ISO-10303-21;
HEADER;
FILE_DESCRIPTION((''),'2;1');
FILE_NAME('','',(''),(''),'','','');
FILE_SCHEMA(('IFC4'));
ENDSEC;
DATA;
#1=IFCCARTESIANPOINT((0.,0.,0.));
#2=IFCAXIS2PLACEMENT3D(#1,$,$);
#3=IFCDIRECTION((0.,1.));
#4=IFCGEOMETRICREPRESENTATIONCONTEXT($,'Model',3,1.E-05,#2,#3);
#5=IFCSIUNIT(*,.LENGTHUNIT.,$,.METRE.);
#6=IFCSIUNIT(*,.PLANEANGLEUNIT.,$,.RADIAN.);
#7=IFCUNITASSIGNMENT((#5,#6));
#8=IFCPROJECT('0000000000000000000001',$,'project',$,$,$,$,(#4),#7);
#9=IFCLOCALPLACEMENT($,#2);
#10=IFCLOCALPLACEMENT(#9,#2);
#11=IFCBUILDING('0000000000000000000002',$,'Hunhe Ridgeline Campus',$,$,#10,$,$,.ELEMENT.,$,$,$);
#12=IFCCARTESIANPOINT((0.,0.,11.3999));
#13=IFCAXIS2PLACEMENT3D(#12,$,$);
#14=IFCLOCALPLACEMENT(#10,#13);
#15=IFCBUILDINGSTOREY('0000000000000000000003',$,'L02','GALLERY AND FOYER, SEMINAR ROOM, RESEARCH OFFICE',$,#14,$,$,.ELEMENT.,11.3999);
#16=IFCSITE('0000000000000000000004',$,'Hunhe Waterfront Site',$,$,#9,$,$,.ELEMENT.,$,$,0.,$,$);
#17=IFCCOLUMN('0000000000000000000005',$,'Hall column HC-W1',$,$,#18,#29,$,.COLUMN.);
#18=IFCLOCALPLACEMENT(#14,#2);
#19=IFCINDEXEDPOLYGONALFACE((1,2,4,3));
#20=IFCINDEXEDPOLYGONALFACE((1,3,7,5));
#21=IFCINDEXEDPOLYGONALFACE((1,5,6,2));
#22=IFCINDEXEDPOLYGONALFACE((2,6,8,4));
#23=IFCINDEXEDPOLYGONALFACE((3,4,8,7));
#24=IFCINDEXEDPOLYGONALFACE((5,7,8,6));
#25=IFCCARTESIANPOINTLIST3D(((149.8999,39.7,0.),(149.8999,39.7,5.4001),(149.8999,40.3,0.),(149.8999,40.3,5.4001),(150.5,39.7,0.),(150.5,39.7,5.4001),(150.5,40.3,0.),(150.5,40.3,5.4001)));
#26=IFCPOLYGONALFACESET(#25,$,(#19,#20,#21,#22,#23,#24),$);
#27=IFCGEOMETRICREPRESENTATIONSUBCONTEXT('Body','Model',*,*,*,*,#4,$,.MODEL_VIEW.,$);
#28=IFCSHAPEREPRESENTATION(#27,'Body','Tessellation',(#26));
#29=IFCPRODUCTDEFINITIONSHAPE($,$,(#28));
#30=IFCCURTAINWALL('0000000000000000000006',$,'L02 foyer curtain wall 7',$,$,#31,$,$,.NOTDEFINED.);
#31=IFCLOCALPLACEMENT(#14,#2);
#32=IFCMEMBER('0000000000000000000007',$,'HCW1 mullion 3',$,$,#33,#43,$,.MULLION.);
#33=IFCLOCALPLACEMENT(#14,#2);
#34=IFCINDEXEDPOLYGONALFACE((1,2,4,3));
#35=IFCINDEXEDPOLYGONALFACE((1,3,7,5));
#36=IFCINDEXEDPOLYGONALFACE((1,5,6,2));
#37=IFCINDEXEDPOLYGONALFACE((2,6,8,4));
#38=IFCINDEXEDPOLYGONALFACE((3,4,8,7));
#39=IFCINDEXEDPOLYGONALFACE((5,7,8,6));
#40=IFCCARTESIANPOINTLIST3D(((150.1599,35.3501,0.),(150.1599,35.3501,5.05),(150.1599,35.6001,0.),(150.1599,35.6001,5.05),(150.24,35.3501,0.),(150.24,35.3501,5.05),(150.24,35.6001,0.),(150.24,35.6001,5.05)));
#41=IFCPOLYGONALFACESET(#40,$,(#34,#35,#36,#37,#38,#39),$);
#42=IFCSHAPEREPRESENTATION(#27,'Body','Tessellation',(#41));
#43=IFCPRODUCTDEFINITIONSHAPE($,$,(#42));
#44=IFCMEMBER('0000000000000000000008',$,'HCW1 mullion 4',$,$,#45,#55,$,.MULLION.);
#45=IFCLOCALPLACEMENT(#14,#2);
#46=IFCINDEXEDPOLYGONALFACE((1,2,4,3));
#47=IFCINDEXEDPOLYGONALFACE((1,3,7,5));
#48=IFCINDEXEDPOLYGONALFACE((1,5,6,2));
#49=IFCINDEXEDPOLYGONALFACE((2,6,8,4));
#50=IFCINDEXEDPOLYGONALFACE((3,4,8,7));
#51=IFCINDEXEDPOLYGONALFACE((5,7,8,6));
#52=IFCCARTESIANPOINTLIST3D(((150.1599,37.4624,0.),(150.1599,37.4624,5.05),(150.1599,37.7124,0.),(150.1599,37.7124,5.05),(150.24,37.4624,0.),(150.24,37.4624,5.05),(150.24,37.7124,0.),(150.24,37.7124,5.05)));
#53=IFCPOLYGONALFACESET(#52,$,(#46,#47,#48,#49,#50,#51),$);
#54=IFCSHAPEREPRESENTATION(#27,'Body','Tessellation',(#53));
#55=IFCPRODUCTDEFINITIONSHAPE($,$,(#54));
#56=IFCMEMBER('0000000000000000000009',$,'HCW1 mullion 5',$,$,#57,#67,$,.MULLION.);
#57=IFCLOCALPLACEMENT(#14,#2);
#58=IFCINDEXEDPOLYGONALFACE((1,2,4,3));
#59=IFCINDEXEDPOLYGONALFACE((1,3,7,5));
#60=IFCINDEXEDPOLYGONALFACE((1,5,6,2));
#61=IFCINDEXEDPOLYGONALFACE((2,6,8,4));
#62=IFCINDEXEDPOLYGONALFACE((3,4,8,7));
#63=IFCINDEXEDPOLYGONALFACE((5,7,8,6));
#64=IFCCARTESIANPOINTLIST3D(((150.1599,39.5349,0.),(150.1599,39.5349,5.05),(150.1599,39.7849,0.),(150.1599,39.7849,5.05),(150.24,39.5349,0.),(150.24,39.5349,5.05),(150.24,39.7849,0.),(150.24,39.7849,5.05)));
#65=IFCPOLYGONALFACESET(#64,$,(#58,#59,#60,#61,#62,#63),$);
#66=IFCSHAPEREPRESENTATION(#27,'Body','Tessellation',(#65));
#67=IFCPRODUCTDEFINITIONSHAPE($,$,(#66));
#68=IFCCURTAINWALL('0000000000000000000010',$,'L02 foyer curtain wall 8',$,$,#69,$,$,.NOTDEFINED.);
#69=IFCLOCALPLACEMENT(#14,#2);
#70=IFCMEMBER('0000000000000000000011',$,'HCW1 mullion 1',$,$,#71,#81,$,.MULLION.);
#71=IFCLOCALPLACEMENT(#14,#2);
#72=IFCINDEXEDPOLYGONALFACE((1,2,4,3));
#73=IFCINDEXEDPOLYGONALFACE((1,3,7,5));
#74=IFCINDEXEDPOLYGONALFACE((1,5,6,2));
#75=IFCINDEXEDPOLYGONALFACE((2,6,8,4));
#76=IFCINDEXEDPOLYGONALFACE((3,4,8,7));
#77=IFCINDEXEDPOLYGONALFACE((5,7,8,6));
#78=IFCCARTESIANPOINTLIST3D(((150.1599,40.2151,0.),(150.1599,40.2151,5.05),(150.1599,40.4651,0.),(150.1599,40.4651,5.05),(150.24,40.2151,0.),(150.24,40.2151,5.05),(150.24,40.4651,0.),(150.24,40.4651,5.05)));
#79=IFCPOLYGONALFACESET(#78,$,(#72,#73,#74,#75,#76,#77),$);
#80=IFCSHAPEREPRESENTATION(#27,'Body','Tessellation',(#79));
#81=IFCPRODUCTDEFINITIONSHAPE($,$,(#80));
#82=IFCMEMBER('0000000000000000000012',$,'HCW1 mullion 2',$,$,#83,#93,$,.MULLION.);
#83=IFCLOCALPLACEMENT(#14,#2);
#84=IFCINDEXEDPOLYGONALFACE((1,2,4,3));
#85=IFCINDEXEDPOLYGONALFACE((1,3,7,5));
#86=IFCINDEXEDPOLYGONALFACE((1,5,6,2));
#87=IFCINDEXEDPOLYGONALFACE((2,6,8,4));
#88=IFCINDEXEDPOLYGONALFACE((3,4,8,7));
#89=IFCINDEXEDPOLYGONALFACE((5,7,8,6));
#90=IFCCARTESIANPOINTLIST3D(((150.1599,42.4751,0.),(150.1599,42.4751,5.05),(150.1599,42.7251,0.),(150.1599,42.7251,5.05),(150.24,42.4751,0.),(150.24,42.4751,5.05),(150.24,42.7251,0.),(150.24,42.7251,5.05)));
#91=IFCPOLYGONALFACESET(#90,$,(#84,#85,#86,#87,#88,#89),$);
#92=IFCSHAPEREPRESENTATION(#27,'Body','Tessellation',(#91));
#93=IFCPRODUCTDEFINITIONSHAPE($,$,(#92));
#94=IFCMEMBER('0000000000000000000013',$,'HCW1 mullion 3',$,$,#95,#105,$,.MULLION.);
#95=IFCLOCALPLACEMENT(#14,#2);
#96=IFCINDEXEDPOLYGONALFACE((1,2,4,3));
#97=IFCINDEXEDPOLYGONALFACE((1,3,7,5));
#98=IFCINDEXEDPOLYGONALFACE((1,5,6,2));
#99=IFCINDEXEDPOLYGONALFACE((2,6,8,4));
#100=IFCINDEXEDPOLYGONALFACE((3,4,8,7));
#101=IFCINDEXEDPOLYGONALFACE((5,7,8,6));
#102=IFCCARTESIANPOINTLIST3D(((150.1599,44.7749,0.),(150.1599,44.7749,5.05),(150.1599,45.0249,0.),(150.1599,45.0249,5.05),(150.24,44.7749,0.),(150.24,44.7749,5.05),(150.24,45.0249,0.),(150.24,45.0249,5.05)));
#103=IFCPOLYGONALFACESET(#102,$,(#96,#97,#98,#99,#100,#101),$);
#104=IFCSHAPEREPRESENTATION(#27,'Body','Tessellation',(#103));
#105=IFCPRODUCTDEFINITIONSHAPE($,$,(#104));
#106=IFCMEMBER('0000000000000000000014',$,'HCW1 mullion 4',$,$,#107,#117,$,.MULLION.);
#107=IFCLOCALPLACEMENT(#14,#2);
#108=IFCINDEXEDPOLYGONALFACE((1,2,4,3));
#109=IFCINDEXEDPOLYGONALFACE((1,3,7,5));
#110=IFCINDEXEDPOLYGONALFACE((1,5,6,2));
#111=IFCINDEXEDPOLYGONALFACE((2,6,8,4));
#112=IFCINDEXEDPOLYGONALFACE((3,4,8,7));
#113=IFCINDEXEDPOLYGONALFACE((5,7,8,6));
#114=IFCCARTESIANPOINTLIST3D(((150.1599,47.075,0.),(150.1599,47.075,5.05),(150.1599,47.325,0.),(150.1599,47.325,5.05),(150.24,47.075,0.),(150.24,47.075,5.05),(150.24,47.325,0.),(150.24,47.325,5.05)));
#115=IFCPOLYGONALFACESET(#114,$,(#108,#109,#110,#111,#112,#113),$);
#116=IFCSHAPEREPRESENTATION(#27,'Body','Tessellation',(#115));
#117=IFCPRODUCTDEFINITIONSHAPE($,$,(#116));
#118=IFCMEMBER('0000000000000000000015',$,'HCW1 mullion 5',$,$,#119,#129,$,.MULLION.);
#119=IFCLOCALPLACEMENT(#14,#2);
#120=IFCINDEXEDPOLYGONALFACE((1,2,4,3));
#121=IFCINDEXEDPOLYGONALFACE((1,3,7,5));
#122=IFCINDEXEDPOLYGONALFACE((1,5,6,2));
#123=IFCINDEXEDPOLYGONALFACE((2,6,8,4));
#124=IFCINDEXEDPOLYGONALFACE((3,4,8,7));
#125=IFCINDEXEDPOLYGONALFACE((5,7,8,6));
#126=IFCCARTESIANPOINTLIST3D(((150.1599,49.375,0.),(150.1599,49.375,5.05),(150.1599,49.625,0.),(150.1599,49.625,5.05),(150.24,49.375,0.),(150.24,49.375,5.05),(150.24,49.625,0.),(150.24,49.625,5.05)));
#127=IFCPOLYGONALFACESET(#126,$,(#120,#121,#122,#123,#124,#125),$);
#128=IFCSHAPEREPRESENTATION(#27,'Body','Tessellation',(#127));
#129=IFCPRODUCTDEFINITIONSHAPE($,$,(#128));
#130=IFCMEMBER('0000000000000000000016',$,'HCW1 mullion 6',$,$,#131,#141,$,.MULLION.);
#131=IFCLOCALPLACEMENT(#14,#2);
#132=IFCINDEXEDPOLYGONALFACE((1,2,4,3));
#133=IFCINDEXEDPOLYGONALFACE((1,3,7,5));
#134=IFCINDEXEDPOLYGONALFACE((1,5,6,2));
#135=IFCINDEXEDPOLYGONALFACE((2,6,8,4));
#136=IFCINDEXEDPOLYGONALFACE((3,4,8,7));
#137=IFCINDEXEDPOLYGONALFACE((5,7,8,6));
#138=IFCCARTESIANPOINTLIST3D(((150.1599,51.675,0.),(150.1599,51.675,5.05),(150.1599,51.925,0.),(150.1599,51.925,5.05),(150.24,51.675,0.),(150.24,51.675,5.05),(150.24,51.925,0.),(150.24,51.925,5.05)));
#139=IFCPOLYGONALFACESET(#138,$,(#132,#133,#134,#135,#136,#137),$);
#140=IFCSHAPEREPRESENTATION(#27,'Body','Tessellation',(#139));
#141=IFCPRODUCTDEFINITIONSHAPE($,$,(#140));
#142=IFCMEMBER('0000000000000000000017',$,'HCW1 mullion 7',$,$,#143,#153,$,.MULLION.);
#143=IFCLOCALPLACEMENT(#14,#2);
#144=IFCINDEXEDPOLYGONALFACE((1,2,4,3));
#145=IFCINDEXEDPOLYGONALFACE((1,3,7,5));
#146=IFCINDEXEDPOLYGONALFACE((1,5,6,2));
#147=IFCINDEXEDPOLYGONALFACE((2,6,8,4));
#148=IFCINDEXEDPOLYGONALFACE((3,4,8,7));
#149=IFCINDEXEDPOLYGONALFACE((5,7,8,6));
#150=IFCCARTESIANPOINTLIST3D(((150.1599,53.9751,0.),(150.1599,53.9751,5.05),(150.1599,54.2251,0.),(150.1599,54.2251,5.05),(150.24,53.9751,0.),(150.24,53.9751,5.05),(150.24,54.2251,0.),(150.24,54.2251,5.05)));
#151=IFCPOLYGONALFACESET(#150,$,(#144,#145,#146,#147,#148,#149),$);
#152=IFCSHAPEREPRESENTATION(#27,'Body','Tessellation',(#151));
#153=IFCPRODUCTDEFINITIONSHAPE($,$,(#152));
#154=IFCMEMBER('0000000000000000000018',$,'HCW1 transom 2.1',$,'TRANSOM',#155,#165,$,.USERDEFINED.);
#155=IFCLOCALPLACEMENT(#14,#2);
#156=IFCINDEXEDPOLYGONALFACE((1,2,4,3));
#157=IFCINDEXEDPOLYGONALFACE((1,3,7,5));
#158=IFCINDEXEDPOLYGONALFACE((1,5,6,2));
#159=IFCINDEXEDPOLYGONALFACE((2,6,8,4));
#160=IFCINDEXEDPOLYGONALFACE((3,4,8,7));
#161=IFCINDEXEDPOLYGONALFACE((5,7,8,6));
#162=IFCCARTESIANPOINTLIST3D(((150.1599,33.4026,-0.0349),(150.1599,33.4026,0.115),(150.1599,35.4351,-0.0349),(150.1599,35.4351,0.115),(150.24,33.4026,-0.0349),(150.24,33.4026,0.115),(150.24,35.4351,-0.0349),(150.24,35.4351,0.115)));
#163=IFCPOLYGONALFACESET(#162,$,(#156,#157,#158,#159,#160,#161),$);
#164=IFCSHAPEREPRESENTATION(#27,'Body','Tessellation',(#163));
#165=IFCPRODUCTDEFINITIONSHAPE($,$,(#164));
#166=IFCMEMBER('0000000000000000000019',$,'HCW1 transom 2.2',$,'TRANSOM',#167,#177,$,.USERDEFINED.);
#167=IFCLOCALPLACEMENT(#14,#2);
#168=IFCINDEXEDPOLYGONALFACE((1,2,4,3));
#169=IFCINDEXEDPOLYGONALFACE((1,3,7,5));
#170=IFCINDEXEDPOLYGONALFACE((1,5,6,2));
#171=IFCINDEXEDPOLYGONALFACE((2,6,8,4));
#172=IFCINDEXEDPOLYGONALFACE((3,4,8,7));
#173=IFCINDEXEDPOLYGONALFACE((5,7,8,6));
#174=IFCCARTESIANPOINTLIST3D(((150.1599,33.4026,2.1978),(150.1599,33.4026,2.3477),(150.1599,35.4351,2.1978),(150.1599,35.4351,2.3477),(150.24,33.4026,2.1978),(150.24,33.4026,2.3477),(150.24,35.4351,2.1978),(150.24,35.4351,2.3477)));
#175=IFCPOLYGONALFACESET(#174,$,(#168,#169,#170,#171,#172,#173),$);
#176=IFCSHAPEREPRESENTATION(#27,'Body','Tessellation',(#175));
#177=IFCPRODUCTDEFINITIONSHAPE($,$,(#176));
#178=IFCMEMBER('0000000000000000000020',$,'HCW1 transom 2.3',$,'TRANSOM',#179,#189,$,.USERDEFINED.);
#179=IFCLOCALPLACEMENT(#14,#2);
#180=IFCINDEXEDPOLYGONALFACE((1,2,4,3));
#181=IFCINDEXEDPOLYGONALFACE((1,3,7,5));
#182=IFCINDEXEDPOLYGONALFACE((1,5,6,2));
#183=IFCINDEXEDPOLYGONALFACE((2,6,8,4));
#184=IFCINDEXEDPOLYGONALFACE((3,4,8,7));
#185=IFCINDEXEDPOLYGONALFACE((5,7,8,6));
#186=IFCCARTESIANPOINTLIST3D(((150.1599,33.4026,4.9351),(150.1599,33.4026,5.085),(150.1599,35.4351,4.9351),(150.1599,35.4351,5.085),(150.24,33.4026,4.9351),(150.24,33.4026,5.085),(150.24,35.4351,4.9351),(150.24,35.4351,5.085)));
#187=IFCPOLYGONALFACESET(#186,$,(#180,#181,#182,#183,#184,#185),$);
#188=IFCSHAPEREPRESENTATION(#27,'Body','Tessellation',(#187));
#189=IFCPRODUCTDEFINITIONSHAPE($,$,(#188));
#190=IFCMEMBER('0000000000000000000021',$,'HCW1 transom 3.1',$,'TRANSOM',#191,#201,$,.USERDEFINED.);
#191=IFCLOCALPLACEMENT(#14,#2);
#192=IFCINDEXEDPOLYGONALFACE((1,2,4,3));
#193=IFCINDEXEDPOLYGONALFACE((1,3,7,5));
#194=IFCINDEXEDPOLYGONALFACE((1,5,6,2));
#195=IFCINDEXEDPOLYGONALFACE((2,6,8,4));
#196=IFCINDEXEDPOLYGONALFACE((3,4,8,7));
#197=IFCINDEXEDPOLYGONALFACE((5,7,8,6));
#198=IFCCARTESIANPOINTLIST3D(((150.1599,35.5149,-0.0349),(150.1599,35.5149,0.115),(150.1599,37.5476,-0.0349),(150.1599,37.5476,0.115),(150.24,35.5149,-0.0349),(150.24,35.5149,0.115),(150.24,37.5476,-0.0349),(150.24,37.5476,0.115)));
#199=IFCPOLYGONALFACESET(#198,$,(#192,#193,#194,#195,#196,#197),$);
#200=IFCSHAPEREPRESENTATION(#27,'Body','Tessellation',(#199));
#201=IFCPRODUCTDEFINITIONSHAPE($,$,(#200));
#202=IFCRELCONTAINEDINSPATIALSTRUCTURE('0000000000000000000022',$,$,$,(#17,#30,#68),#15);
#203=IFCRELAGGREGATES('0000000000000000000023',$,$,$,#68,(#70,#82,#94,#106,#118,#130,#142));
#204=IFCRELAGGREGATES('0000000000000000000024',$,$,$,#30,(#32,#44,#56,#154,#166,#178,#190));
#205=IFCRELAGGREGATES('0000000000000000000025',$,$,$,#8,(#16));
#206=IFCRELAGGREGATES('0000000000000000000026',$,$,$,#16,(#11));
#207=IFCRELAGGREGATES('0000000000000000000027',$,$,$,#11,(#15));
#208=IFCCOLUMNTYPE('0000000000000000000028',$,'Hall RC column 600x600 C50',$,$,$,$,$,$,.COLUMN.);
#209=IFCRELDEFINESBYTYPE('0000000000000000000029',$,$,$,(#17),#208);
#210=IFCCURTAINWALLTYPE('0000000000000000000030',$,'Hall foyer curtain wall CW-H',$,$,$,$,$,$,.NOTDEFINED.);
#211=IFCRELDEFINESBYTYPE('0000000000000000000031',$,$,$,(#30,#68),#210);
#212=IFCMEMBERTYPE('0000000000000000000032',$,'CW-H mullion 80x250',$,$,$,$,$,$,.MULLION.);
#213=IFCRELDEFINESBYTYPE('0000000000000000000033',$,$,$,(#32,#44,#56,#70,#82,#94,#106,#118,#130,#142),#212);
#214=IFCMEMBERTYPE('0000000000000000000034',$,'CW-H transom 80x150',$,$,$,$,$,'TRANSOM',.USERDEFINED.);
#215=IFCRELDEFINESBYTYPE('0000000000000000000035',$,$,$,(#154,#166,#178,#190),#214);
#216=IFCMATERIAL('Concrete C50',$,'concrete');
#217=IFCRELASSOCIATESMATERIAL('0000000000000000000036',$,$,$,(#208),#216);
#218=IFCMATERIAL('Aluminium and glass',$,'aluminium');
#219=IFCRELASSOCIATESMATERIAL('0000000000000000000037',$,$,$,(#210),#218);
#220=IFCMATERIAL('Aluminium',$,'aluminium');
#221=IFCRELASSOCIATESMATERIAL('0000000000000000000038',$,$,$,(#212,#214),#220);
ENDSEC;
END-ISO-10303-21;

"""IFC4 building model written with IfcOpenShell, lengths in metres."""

from ifc_helpers import new_model, si_unit, direction, frame, origin, origin_2d, place, context, subcontext, project, spatial, rectangle, extrude, material, material_profile, profile_set, type_object, element, aggregate, save


model = new_model("IFC4")

# Units and contexts
model_context = context("Model", 3, precision=1e-05, world=origin(), true_north=direction((0.0, 1.0)))
body_context = subcontext(model_context, "Body", "Model", "MODEL_VIEW")
ifc_project = project(units=[si_unit("LENGTHUNIT", "METRE"), si_unit("PLANEANGLEUNIT", "RADIAN")], contexts=[model_context])

# Site, building, storey
site_placement = place(None, origin())
site = spatial("IfcSite", under=ifc_project, at=site_placement, Name="Hunhe Waterfront Site", CompositionType="ELEMENT", RefElevation=0.0)
building_placement = place(site_placement, origin())
building = spatial("IfcBuilding", under=site, at=building_placement, Name="Hunhe Ridgeline Campus", CompositionType="ELEMENT")
storey_placement = place(building_placement, frame((0.0, 0.0, 11.3999)))
storey = spatial("IfcBuildingStorey", under=building, at=storey_placement, Name="L02", Description="GALLERY AND FOYER, SEMINAR ROOM, RESEARCH OFFICE", CompositionType="ELEMENT", Elevation=11.3999)

# Column
ifc_material_1 = material(Name="Concrete C50", Category="concrete")
ifc_material_profile_1 = material_profile(ifc_material_1, rectangle(XDim=0.6001, YDim=0.6001, at=origin_2d()))
ifc_profile_set_1 = profile_set([ifc_material_profile_1], Name="Concrete C50")
column_type = type_object("IfcColumnType", Name="Hall RC column 600x600 C50", PredefinedType="COLUMN", material=ifc_profile_set_1)
column_placement = place(storey_placement, frame((150.2, 40.0, 0.0), z_axis=(0.0, 0.0, 1.0), x_axis=(1.0, 0.0, 0.0)))
element("IfcColumn", 1, at=column_placement, inside=storey, type_object=column_type, Name="Hall column HC-W1", PredefinedType="COLUMN", context=body_context, shape_type="SweptSolid", body=[
    extrude(rectangle(XDim=0.6001, YDim=0.6001, at=origin_2d()), origin(), (0.0, 0.0, 1.0), 5.4001),
])

# Curtain walls, members
ifc_material_2 = material(Name="Aluminium and glass", Category="aluminium")
curtain_wall_type = type_object("IfcCurtainWallType", Name="Hall foyer curtain wall CW-H", PredefinedType="NOTDEFINED", material=ifc_material_2)
curtain_wall_1_placement = place(storey_placement, origin())
curtain_wall_1 = element("IfcCurtainWall", 2, at=curtain_wall_1_placement, inside=storey, type_object=curtain_wall_type, Name="L02 foyer curtain wall 7", PredefinedType="NOTDEFINED")
ifc_material_3 = material(Name="Aluminium", Category="aluminium")
ifc_material_profile_2 = material_profile(ifc_material_3, rectangle(XDim=0.0801, YDim=0.25, at=origin_2d()))
ifc_profile_set_2 = profile_set([ifc_material_profile_2], Name="Aluminium")
member_type_1 = type_object("IfcMemberType", Name="CW-H mullion 80x250", PredefinedType="MULLION", material=ifc_profile_set_2)
member_1_placement = place(storey_placement, frame((150.2, 35.4751, 0.0), z_axis=(0.0, 0.0, 1.0), x_axis=(-1.0, 0.0, 0.0)))
member_1 = element("IfcMember", 3, at=member_1_placement, type_object=member_type_1, Name="HCW1 mullion 3", PredefinedType="MULLION", context=body_context, shape_type="SweptSolid", body=[
    extrude(rectangle(XDim=0.0801, YDim=0.25, at=origin_2d()), origin(), (0.0, 0.0, 1.0), 5.05),
])
member_2_placement = place(storey_placement, frame((150.2, 37.5874, 0.0), z_axis=(0.0, 0.0, 1.0), x_axis=(-1.0, 0.0, 0.0)))
member_2 = element("IfcMember", 4, at=member_2_placement, type_object=member_type_1, Name="HCW1 mullion 4", PredefinedType="MULLION", context=body_context, shape_type="SweptSolid", body=[
    extrude(rectangle(XDim=0.0801, YDim=0.25, at=origin_2d()), origin(), (0.0, 0.0, 1.0), 5.05),
])
member_3_placement = place(storey_placement, frame((150.2, 39.6599, 0.0), z_axis=(0.0, 0.0, 1.0), x_axis=(-1.0, 0.0, 0.0)))
member_3 = element("IfcMember", 5, at=member_3_placement, type_object=member_type_1, Name="HCW1 mullion 5", PredefinedType="MULLION", context=body_context, shape_type="SweptSolid", body=[
    extrude(rectangle(XDim=0.0801, YDim=0.25, at=origin_2d()), origin(), (0.0, 0.0, 1.0), 5.05),
])
curtain_wall_2_placement = place(storey_placement, origin())
curtain_wall_2 = element("IfcCurtainWall", 6, at=curtain_wall_2_placement, inside=storey, type_object=curtain_wall_type, Name="L02 foyer curtain wall 8", PredefinedType="NOTDEFINED")
member_4_placement = place(storey_placement, frame((150.2, 40.3401, 0.0), z_axis=(0.0, 0.0, 1.0), x_axis=(-1.0, 0.0, 0.0)))
member_4 = element("IfcMember", 7, at=member_4_placement, type_object=member_type_1, Name="HCW1 mullion 1", PredefinedType="MULLION", context=body_context, shape_type="SweptSolid", body=[
    extrude(rectangle(XDim=0.0801, YDim=0.25, at=origin_2d()), origin(), (0.0, 0.0, 1.0), 5.05),
])
member_5_placement = place(storey_placement, frame((150.2, 42.6001, 0.0), z_axis=(0.0, 0.0, 1.0), x_axis=(-1.0, 0.0, 0.0)))
member_5 = element("IfcMember", 8, at=member_5_placement, type_object=member_type_1, Name="HCW1 mullion 2", PredefinedType="MULLION", context=body_context, shape_type="SweptSolid", body=[
    extrude(rectangle(XDim=0.0801, YDim=0.25, at=origin_2d()), origin(), (0.0, 0.0, 1.0), 5.05),
])
member_6_placement = place(storey_placement, frame((150.2, 44.8999, 0.0), z_axis=(0.0, 0.0, 1.0), x_axis=(-1.0, 0.0, 0.0)))
member_6 = element("IfcMember", 9, at=member_6_placement, type_object=member_type_1, Name="HCW1 mullion 3", PredefinedType="MULLION", context=body_context, shape_type="SweptSolid", body=[
    extrude(rectangle(XDim=0.0801, YDim=0.25, at=origin_2d()), origin(), (0.0, 0.0, 1.0), 5.05),
])
member_7_placement = place(storey_placement, frame((150.2, 47.2, 0.0), z_axis=(0.0, 0.0, 1.0), x_axis=(-1.0, 0.0, 0.0)))
member_7 = element("IfcMember", 10, at=member_7_placement, type_object=member_type_1, Name="HCW1 mullion 4", PredefinedType="MULLION", context=body_context, shape_type="SweptSolid", body=[
    extrude(rectangle(XDim=0.0801, YDim=0.25, at=origin_2d()), origin(), (0.0, 0.0, 1.0), 5.05),
])
member_8_placement = place(storey_placement, frame((150.2, 49.5, 0.0), z_axis=(0.0, 0.0, 1.0), x_axis=(-1.0, 0.0, 0.0)))
member_8 = element("IfcMember", 11, at=member_8_placement, type_object=member_type_1, Name="HCW1 mullion 5", PredefinedType="MULLION", context=body_context, shape_type="SweptSolid", body=[
    extrude(rectangle(XDim=0.0801, YDim=0.25, at=origin_2d()), origin(), (0.0, 0.0, 1.0), 5.05),
])
member_9_placement = place(storey_placement, frame((150.2, 51.8, 0.0), z_axis=(0.0, 0.0, 1.0), x_axis=(-1.0, 0.0, 0.0)))
member_9 = element("IfcMember", 12, at=member_9_placement, type_object=member_type_1, Name="HCW1 mullion 6", PredefinedType="MULLION", context=body_context, shape_type="SweptSolid", body=[
    extrude(rectangle(XDim=0.0801, YDim=0.25, at=origin_2d()), origin(), (0.0, 0.0, 1.0), 5.05),
])
member_10_placement = place(storey_placement, frame((150.2, 54.1001, 0.0), z_axis=(0.0, 0.0, 1.0), x_axis=(-1.0, 0.0, 0.0)))
member_10 = element("IfcMember", 13, at=member_10_placement, type_object=member_type_1, Name="HCW1 mullion 7", PredefinedType="MULLION", context=body_context, shape_type="SweptSolid", body=[
    extrude(rectangle(XDim=0.0801, YDim=0.25, at=origin_2d()), origin(), (0.0, 0.0, 1.0), 5.05),
])
aggregate(curtain_wall_2, [member_4, member_5, member_6, member_7, member_8, member_9, member_10])

# Members
ifc_material_profile_3 = material_profile(ifc_material_3, rectangle(XDim=0.0801, YDim=0.1499, at=origin_2d()))
ifc_profile_set_3 = profile_set([ifc_material_profile_3], Name="Aluminium")
member_type_2 = type_object("IfcMemberType", Name="CW-H transom 80x150", ElementType="TRANSOM", PredefinedType="USERDEFINED", material=ifc_profile_set_3)
member_11_placement = place(storey_placement, frame((150.2, 33.4026, 0.04), z_axis=(0.0, 1.0, 0.0), x_axis=(-1.0, 0.0, 0.0)))
member_11 = element("IfcMember", 14, at=member_11_placement, type_object=member_type_2, Name="HCW1 transom 2.1", ObjectType="TRANSOM", PredefinedType="USERDEFINED", context=body_context, shape_type="SweptSolid", body=[
    extrude(rectangle(XDim=0.0801, YDim=0.1499, at=origin_2d()), origin(), (0.0, 0.0, 1.0), 2.0325),
])
member_12_placement = place(storey_placement, frame((150.2, 33.4026, 2.2727), z_axis=(0.0, 1.0, 0.0), x_axis=(-1.0, 0.0, 0.0)))
member_12 = element("IfcMember", 15, at=member_12_placement, type_object=member_type_2, Name="HCW1 transom 2.2", ObjectType="TRANSOM", PredefinedType="USERDEFINED", context=body_context, shape_type="SweptSolid", body=[
    extrude(rectangle(XDim=0.0801, YDim=0.1499, at=origin_2d()), origin(), (0.0, 0.0, 1.0), 2.0325),
])
member_13_placement = place(storey_placement, frame((150.2, 33.4026, 5.01), z_axis=(0.0, 1.0, 0.0), x_axis=(-1.0, 0.0, 0.0)))
member_13 = element("IfcMember", 16, at=member_13_placement, type_object=member_type_2, Name="HCW1 transom 2.3", ObjectType="TRANSOM", PredefinedType="USERDEFINED", context=body_context, shape_type="SweptSolid", body=[
    extrude(rectangle(XDim=0.0801, YDim=0.1499, at=origin_2d()), origin(), (0.0, 0.0, 1.0), 2.0325),
])
member_14_placement = place(storey_placement, frame((150.2, 35.5149, 0.04), z_axis=(0.0, 1.0, 0.0), x_axis=(-1.0, 0.0, 0.0)))
member_14 = element("IfcMember", 17, at=member_14_placement, type_object=member_type_2, Name="HCW1 transom 3.1", ObjectType="TRANSOM", PredefinedType="USERDEFINED", context=body_context, shape_type="SweptSolid", body=[
    extrude(rectangle(XDim=0.0801, YDim=0.1499, at=origin_2d()), origin(), (0.0, 0.0, 1.0), 2.0327),
])

aggregate(curtain_wall_1, [member_1, member_2, member_3, member_11, member_12, member_13, member_14])

save(model, "model.ifc")
